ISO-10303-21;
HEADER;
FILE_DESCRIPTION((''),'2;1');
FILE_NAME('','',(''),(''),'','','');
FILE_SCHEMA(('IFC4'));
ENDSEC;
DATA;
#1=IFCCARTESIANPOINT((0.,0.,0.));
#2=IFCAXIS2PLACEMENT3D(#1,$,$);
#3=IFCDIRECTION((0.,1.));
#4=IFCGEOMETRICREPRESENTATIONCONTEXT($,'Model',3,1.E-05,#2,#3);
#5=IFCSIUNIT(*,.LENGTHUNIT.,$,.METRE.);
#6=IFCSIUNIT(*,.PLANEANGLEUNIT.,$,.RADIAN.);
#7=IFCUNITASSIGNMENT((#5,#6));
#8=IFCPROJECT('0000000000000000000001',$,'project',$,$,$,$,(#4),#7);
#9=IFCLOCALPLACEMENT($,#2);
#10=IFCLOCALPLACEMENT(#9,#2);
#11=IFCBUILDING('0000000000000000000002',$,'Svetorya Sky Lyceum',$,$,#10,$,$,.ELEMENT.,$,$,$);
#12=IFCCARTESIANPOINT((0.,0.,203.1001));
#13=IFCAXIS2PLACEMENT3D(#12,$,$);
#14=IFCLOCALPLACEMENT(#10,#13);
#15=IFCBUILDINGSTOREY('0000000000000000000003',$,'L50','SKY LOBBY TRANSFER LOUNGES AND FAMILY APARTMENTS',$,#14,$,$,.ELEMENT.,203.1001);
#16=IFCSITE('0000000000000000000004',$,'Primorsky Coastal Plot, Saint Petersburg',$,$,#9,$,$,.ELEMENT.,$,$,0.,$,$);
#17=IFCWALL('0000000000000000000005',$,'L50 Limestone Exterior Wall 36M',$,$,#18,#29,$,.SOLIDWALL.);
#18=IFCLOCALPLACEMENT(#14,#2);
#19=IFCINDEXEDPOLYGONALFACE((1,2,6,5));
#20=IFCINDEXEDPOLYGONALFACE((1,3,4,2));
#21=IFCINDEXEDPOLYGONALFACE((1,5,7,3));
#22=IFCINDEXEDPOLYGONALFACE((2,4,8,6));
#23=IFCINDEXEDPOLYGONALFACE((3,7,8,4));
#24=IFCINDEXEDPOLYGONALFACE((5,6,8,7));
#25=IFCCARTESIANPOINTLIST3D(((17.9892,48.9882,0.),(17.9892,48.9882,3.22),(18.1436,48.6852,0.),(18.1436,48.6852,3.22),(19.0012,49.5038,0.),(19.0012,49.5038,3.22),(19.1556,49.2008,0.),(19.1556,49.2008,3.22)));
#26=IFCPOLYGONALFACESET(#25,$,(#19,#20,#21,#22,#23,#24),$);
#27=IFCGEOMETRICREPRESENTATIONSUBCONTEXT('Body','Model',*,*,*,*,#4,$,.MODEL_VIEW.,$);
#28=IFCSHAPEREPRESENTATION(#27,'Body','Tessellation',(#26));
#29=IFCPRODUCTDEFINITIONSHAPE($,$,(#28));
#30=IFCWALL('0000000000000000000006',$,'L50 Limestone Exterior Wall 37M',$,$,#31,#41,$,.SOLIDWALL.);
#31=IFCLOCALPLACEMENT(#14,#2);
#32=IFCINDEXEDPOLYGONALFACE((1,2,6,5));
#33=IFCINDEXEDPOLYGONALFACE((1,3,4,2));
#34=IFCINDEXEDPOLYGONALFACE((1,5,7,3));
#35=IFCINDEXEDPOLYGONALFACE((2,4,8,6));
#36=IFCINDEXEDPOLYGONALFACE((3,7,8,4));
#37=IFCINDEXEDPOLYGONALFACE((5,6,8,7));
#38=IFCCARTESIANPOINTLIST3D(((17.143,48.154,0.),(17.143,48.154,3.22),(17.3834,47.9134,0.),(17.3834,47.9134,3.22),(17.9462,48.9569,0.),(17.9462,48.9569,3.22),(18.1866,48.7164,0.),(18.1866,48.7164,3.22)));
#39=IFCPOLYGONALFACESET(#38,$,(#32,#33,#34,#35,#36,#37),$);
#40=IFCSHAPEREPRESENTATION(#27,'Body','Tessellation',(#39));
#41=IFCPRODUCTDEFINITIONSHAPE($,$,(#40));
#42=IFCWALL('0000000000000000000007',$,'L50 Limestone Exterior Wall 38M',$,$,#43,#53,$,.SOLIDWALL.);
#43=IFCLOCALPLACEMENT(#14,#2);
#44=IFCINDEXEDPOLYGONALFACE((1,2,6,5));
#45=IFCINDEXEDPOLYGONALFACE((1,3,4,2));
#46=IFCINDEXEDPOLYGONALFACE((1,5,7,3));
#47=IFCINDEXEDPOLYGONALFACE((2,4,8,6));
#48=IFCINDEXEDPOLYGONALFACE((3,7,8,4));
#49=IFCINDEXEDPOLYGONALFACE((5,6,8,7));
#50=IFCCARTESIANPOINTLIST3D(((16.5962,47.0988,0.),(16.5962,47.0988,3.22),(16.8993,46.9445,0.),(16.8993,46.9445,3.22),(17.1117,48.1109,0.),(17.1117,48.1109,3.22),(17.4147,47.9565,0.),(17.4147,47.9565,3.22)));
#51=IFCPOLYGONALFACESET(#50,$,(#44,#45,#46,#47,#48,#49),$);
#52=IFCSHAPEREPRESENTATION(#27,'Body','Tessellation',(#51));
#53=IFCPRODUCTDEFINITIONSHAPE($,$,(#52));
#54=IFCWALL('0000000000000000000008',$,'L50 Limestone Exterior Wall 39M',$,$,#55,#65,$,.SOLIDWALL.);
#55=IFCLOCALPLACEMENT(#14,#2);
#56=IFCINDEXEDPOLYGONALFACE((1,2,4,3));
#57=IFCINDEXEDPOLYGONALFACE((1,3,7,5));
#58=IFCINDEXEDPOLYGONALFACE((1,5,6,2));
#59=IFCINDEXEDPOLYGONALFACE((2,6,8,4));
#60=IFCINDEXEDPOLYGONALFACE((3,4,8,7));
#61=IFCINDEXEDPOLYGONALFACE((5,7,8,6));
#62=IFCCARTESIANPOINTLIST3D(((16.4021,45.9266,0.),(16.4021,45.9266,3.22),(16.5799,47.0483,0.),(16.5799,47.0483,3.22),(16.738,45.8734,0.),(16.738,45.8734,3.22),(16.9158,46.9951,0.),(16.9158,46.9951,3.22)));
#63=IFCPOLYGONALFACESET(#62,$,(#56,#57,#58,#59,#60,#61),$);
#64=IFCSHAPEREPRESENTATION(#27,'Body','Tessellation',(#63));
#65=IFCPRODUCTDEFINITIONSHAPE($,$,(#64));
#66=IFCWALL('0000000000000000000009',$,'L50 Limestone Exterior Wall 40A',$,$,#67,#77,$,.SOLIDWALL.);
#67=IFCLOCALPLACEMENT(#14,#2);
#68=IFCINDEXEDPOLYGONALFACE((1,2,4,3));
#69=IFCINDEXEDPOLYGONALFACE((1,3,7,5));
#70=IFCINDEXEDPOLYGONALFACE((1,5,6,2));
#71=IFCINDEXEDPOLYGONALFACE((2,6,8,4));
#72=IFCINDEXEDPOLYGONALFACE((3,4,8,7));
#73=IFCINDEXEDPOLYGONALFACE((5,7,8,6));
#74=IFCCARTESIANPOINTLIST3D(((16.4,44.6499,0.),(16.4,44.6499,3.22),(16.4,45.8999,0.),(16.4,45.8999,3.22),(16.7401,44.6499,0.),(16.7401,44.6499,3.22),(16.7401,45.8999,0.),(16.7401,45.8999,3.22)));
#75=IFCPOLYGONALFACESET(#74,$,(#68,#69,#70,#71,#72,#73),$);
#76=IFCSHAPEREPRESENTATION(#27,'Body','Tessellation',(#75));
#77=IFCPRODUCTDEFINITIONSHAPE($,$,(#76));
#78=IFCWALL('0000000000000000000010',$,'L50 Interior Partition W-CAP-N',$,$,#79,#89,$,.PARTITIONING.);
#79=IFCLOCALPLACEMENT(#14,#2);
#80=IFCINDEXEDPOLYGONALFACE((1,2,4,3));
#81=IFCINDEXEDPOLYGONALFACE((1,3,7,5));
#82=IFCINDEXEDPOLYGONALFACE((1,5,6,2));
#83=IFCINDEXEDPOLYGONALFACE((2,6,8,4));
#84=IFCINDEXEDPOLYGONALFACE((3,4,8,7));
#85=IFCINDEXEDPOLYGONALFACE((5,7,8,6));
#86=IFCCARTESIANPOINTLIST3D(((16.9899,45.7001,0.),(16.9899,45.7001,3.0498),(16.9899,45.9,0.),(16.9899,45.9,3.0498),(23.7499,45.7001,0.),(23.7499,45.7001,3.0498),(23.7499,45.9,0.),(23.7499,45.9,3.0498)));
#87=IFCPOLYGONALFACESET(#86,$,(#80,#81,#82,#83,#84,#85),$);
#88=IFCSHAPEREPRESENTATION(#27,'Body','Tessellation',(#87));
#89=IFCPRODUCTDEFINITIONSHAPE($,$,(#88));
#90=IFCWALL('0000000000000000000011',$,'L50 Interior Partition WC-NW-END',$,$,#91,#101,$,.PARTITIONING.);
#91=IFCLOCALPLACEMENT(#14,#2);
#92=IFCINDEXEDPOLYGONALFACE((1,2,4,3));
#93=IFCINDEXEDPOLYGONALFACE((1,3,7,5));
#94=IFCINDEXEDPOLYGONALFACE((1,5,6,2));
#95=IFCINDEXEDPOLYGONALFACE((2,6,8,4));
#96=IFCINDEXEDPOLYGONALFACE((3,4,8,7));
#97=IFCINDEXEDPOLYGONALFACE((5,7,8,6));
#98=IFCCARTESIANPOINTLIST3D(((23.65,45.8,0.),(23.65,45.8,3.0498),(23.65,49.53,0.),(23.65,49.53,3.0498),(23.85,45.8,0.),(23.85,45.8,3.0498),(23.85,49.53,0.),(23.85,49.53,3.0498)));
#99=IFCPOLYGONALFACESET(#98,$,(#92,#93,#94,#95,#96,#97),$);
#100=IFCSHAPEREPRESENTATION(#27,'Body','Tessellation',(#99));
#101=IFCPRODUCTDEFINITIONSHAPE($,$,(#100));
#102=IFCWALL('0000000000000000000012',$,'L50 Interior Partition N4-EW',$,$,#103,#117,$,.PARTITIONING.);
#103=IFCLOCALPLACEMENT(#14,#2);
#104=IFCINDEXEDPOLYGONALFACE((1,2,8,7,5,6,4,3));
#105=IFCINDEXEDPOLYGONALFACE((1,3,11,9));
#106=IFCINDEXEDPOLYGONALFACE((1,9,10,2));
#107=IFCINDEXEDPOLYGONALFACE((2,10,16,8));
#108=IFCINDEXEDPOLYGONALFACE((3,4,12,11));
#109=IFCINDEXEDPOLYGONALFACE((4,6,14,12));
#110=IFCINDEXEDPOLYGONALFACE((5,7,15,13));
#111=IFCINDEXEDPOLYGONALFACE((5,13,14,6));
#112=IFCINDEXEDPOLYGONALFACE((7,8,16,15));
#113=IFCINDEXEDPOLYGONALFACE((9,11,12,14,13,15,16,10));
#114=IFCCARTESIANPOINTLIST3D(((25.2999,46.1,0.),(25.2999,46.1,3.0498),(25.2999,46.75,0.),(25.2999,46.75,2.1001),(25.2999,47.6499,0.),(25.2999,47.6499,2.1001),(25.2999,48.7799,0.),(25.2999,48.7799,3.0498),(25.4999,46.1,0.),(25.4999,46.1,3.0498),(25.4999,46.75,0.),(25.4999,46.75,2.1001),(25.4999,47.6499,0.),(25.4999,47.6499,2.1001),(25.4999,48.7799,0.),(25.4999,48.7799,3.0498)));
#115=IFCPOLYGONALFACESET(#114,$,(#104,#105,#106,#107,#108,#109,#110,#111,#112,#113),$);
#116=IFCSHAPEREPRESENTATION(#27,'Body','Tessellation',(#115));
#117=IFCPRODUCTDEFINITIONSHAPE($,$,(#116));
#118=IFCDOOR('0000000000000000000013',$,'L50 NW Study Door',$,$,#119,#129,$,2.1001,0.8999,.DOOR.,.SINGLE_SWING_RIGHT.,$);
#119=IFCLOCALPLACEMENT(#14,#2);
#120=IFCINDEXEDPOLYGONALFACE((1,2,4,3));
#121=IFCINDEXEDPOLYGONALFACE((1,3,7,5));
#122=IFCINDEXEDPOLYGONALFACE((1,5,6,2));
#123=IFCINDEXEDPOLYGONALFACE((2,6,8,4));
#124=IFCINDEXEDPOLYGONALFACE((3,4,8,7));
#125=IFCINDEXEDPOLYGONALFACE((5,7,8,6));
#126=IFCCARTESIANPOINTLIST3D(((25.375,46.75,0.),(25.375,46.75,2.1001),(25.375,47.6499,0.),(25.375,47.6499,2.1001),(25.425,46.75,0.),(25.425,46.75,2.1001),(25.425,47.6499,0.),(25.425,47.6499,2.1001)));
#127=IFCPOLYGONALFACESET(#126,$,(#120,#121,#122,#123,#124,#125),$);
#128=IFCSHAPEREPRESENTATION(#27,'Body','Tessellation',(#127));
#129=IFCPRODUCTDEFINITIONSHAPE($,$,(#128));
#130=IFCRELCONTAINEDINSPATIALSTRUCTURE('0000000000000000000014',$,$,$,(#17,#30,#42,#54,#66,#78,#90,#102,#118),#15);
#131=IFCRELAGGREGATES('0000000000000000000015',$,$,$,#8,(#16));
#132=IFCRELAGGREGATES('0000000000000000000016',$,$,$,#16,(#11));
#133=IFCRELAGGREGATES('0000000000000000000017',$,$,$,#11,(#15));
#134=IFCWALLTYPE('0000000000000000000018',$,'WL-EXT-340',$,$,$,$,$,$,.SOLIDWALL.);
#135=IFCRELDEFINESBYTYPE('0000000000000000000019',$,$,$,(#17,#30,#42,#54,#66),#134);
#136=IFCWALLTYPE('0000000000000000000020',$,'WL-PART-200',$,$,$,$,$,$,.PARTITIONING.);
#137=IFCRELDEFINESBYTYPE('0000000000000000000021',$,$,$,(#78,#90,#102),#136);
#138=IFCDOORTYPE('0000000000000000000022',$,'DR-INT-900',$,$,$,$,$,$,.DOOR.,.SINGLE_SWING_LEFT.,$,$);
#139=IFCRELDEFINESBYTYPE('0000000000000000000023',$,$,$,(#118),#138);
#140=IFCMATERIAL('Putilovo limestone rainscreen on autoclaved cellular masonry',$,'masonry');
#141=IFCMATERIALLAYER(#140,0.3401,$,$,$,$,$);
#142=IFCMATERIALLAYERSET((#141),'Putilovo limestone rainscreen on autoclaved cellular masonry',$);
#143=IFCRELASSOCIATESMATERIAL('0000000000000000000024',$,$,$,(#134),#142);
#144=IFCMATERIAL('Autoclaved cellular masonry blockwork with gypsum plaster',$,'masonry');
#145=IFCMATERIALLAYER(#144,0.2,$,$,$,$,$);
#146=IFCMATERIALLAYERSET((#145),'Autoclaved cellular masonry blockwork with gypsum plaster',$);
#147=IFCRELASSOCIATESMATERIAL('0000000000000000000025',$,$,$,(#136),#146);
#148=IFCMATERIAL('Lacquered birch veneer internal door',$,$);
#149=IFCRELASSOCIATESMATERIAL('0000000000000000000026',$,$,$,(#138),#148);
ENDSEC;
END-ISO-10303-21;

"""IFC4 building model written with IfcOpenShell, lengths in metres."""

from ifc_helpers import new_model, si_unit, direction, frame, frame_2d, origin, place, context, subcontext, project, spatial, rectangle, extrude, material, layer, layer_set, type_object, element, fill, save


model = new_model("IFC4")

# Units and contexts
model_context = context("Model", 3, precision=1e-05, world=origin(), true_north=direction((0.0, 1.0)))
body_context = subcontext(model_context, "Body", "Model", "MODEL_VIEW")
ifc_project = project(units=[si_unit("LENGTHUNIT", "METRE"), si_unit("PLANEANGLEUNIT", "RADIAN")], contexts=[model_context])

# Site, building, storey
site_placement = place(None, origin())
site = spatial("IfcSite", under=ifc_project, at=site_placement, Name="Primorsky Coastal Plot, Saint Petersburg", CompositionType="ELEMENT", RefElevation=0.0)
building_placement = place(site_placement, origin())
building = spatial("IfcBuilding", under=site, at=building_placement, Name="Svetorya Sky Lyceum", CompositionType="ELEMENT")
storey_placement = place(building_placement, frame((0.0, 0.0, 203.1001)))
storey = spatial("IfcBuildingStorey", under=building, at=storey_placement, Name="L50", Description="SKY LOBBY TRANSFER LOUNGES AND FAMILY APARTMENTS", CompositionType="ELEMENT", Elevation=203.1001)

# Walls
ifc_material_1 = material(Name="Putilovo limestone rainscreen on autoclaved cellular masonry", Category="masonry")
ifc_layer_1 = layer(ifc_material_1, 0.3401)
ifc_layer_set_1 = layer_set([ifc_layer_1], Name="Putilovo limestone rainscreen on autoclaved cellular masonry")
wall_type_1 = type_object("IfcWallType", Name="WL-EXT-340", PredefinedType="SOLIDWALL", material=ifc_layer_set_1)
for number, where, z_axis, x_axis, name in (
    (1, (19.0784, 49.3523, 0.0), (0.0, 0.0, 1.0), (-0.891005, -0.453993, 0.0), "L50 Limestone Exterior Wall 36M"),
    (2, (18.0664, 48.8367, 0.0), (0.0, 0.0, 1.0), (-0.707214, -0.706999, 0.0), "L50 Limestone Exterior Wall 37M"),
    (3, (17.2632, 48.0337, 0.0), (0.0, 0.0, 1.0), (-0.453823, -0.891092, 0.0), "L50 Limestone Exterior Wall 38M"),
    (4, (16.7478, 47.0217, 0.0), (0.0, 0.0, 1.0), (-0.156481, -0.987681, 0.0), "L50 Limestone Exterior Wall 39M"),
):
    element("IfcWall", number, at=place(storey_placement, frame(where, z_axis=z_axis, x_axis=x_axis)), inside=storey, type_object=wall_type_1, Name=name, PredefinedType="SOLIDWALL", context=body_context, shape_type="SweptSolid", body=[
        extrude(rectangle(XDim=1.1357, YDim=0.3401, at=frame_2d((0.5679, 0.0))), origin(), (0.0, 0.0, 1.0), 3.22),
    ])
wall_1_placement = place(storey_placement, frame((16.5701, 45.8999, 0.0), z_axis=(0.0, 0.0, 1.0), x_axis=(0.0, -1.0, 0.0)))
element("IfcWall", 5, at=wall_1_placement, inside=storey, type_object=wall_type_1, Name="L50 Limestone Exterior Wall 40A", PredefinedType="SOLIDWALL", context=body_context, shape_type="SweptSolid", body=[
    extrude(rectangle(XDim=1.25, YDim=0.3401, at=frame_2d((0.625, 0.0))), origin(), (0.0, 0.0, 1.0), 3.22),
])
ifc_material_2 = material(Name="Autoclaved cellular masonry blockwork with gypsum plaster", Category="masonry")
ifc_layer_2 = layer(ifc_material_2, 0.2)
ifc_layer_set_2 = layer_set([ifc_layer_2], Name="Autoclaved cellular masonry blockwork with gypsum plaster")
wall_type_2 = type_object("IfcWallType", Name="WL-PART-200", PredefinedType="PARTITIONING", material=ifc_layer_set_2)
wall_2_placement = place(storey_placement, frame((16.99, 45.8, 0.0), z_axis=(0.0, 0.0, 1.0), x_axis=(1.0, 0.0, 0.0)))
element("IfcWall", 6, at=wall_2_placement, inside=storey, type_object=wall_type_2, Name="L50 Interior Partition W-CAP-N", PredefinedType="PARTITIONING", context=body_context, shape_type="SweptSolid", body=[
    extrude(rectangle(XDim=6.76, YDim=0.2, at=frame_2d((3.3799, 0.0))), origin(), (0.0, 0.0, 1.0), 3.0498),
])
wall_3_placement = place(storey_placement, frame((23.75, 45.8, 0.0), z_axis=(0.0, 0.0, 1.0), x_axis=(0.0, 1.0, 0.0)))
element("IfcWall", 7, at=wall_3_placement, inside=storey, type_object=wall_type_2, Name="L50 Interior Partition WC-NW-END", PredefinedType="PARTITIONING", context=body_context, shape_type="SweptSolid", body=[
    extrude(rectangle(XDim=3.73, YDim=0.2, at=frame_2d((1.865, 0.0))), origin(), (0.0, 0.0, 1.0), 3.0498),
])

# Wall, opening, door
wall_4_placement = place(storey_placement, frame((25.3999, 46.1001, 0.0), z_axis=(0.0, 0.0, 1.0), x_axis=(0.0, 1.0, 0.0)))
wall_4 = element("IfcWall", 8, at=wall_4_placement, inside=storey, type_object=wall_type_2, Name="L50 Interior Partition N4-EW", PredefinedType="PARTITIONING", context=body_context, shape_type="SweptSolid", body=[
    extrude(rectangle(XDim=2.6799, YDim=0.2, at=frame_2d((1.3398, 0.0))), origin(), (0.0, 0.0, 1.0), 3.0498),
])
opening_placement = place(wall_4_placement, frame((0.6499, 0.0, 0.0)))
opening = element("IfcOpeningElement", 9, at=opening_placement, cuts=wall_4, PredefinedType="OPENING", context=body_context, shape_type="SweptSolid", body=[
    extrude(rectangle(XDim=0.8999, YDim=2.1001, at=frame_2d((0.45, 1.05))), frame((0.0, 0.1099, 0.0), z_axis=(0.0, -1.0, 0.0), x_axis=(1.0, 0.0, 0.0)), (0.0, 0.0, 1.0), 0.22),
])
ifc_material_3 = material(Name="Lacquered birch veneer internal door")
door_type = type_object("IfcDoorType", Name="DR-INT-900", OperationType="SINGLE_SWING_LEFT", PredefinedType="DOOR", material=ifc_material_3)
door_placement = place(opening_placement, origin())
door = element("IfcDoor", 10, at=door_placement, inside=storey, type_object=door_type, Name="L50 NW Study Door", OperationType="SINGLE_SWING_RIGHT", OverallHeight=2.1001, OverallWidth=0.8999, PredefinedType="DOOR", context=body_context, shape_type="SweptSolid", body=[
    extrude(rectangle(XDim=0.8999, YDim=2.1001, at=frame_2d((0.45, 1.05))), frame((0.0, 0.0249, 0.0), z_axis=(0.0, -1.0, 0.0), x_axis=(1.0, 0.0, 0.0)), (0.0, 0.0, 1.0), 0.05),
])
fill(opening, door)

save(model, "model.ifc")
